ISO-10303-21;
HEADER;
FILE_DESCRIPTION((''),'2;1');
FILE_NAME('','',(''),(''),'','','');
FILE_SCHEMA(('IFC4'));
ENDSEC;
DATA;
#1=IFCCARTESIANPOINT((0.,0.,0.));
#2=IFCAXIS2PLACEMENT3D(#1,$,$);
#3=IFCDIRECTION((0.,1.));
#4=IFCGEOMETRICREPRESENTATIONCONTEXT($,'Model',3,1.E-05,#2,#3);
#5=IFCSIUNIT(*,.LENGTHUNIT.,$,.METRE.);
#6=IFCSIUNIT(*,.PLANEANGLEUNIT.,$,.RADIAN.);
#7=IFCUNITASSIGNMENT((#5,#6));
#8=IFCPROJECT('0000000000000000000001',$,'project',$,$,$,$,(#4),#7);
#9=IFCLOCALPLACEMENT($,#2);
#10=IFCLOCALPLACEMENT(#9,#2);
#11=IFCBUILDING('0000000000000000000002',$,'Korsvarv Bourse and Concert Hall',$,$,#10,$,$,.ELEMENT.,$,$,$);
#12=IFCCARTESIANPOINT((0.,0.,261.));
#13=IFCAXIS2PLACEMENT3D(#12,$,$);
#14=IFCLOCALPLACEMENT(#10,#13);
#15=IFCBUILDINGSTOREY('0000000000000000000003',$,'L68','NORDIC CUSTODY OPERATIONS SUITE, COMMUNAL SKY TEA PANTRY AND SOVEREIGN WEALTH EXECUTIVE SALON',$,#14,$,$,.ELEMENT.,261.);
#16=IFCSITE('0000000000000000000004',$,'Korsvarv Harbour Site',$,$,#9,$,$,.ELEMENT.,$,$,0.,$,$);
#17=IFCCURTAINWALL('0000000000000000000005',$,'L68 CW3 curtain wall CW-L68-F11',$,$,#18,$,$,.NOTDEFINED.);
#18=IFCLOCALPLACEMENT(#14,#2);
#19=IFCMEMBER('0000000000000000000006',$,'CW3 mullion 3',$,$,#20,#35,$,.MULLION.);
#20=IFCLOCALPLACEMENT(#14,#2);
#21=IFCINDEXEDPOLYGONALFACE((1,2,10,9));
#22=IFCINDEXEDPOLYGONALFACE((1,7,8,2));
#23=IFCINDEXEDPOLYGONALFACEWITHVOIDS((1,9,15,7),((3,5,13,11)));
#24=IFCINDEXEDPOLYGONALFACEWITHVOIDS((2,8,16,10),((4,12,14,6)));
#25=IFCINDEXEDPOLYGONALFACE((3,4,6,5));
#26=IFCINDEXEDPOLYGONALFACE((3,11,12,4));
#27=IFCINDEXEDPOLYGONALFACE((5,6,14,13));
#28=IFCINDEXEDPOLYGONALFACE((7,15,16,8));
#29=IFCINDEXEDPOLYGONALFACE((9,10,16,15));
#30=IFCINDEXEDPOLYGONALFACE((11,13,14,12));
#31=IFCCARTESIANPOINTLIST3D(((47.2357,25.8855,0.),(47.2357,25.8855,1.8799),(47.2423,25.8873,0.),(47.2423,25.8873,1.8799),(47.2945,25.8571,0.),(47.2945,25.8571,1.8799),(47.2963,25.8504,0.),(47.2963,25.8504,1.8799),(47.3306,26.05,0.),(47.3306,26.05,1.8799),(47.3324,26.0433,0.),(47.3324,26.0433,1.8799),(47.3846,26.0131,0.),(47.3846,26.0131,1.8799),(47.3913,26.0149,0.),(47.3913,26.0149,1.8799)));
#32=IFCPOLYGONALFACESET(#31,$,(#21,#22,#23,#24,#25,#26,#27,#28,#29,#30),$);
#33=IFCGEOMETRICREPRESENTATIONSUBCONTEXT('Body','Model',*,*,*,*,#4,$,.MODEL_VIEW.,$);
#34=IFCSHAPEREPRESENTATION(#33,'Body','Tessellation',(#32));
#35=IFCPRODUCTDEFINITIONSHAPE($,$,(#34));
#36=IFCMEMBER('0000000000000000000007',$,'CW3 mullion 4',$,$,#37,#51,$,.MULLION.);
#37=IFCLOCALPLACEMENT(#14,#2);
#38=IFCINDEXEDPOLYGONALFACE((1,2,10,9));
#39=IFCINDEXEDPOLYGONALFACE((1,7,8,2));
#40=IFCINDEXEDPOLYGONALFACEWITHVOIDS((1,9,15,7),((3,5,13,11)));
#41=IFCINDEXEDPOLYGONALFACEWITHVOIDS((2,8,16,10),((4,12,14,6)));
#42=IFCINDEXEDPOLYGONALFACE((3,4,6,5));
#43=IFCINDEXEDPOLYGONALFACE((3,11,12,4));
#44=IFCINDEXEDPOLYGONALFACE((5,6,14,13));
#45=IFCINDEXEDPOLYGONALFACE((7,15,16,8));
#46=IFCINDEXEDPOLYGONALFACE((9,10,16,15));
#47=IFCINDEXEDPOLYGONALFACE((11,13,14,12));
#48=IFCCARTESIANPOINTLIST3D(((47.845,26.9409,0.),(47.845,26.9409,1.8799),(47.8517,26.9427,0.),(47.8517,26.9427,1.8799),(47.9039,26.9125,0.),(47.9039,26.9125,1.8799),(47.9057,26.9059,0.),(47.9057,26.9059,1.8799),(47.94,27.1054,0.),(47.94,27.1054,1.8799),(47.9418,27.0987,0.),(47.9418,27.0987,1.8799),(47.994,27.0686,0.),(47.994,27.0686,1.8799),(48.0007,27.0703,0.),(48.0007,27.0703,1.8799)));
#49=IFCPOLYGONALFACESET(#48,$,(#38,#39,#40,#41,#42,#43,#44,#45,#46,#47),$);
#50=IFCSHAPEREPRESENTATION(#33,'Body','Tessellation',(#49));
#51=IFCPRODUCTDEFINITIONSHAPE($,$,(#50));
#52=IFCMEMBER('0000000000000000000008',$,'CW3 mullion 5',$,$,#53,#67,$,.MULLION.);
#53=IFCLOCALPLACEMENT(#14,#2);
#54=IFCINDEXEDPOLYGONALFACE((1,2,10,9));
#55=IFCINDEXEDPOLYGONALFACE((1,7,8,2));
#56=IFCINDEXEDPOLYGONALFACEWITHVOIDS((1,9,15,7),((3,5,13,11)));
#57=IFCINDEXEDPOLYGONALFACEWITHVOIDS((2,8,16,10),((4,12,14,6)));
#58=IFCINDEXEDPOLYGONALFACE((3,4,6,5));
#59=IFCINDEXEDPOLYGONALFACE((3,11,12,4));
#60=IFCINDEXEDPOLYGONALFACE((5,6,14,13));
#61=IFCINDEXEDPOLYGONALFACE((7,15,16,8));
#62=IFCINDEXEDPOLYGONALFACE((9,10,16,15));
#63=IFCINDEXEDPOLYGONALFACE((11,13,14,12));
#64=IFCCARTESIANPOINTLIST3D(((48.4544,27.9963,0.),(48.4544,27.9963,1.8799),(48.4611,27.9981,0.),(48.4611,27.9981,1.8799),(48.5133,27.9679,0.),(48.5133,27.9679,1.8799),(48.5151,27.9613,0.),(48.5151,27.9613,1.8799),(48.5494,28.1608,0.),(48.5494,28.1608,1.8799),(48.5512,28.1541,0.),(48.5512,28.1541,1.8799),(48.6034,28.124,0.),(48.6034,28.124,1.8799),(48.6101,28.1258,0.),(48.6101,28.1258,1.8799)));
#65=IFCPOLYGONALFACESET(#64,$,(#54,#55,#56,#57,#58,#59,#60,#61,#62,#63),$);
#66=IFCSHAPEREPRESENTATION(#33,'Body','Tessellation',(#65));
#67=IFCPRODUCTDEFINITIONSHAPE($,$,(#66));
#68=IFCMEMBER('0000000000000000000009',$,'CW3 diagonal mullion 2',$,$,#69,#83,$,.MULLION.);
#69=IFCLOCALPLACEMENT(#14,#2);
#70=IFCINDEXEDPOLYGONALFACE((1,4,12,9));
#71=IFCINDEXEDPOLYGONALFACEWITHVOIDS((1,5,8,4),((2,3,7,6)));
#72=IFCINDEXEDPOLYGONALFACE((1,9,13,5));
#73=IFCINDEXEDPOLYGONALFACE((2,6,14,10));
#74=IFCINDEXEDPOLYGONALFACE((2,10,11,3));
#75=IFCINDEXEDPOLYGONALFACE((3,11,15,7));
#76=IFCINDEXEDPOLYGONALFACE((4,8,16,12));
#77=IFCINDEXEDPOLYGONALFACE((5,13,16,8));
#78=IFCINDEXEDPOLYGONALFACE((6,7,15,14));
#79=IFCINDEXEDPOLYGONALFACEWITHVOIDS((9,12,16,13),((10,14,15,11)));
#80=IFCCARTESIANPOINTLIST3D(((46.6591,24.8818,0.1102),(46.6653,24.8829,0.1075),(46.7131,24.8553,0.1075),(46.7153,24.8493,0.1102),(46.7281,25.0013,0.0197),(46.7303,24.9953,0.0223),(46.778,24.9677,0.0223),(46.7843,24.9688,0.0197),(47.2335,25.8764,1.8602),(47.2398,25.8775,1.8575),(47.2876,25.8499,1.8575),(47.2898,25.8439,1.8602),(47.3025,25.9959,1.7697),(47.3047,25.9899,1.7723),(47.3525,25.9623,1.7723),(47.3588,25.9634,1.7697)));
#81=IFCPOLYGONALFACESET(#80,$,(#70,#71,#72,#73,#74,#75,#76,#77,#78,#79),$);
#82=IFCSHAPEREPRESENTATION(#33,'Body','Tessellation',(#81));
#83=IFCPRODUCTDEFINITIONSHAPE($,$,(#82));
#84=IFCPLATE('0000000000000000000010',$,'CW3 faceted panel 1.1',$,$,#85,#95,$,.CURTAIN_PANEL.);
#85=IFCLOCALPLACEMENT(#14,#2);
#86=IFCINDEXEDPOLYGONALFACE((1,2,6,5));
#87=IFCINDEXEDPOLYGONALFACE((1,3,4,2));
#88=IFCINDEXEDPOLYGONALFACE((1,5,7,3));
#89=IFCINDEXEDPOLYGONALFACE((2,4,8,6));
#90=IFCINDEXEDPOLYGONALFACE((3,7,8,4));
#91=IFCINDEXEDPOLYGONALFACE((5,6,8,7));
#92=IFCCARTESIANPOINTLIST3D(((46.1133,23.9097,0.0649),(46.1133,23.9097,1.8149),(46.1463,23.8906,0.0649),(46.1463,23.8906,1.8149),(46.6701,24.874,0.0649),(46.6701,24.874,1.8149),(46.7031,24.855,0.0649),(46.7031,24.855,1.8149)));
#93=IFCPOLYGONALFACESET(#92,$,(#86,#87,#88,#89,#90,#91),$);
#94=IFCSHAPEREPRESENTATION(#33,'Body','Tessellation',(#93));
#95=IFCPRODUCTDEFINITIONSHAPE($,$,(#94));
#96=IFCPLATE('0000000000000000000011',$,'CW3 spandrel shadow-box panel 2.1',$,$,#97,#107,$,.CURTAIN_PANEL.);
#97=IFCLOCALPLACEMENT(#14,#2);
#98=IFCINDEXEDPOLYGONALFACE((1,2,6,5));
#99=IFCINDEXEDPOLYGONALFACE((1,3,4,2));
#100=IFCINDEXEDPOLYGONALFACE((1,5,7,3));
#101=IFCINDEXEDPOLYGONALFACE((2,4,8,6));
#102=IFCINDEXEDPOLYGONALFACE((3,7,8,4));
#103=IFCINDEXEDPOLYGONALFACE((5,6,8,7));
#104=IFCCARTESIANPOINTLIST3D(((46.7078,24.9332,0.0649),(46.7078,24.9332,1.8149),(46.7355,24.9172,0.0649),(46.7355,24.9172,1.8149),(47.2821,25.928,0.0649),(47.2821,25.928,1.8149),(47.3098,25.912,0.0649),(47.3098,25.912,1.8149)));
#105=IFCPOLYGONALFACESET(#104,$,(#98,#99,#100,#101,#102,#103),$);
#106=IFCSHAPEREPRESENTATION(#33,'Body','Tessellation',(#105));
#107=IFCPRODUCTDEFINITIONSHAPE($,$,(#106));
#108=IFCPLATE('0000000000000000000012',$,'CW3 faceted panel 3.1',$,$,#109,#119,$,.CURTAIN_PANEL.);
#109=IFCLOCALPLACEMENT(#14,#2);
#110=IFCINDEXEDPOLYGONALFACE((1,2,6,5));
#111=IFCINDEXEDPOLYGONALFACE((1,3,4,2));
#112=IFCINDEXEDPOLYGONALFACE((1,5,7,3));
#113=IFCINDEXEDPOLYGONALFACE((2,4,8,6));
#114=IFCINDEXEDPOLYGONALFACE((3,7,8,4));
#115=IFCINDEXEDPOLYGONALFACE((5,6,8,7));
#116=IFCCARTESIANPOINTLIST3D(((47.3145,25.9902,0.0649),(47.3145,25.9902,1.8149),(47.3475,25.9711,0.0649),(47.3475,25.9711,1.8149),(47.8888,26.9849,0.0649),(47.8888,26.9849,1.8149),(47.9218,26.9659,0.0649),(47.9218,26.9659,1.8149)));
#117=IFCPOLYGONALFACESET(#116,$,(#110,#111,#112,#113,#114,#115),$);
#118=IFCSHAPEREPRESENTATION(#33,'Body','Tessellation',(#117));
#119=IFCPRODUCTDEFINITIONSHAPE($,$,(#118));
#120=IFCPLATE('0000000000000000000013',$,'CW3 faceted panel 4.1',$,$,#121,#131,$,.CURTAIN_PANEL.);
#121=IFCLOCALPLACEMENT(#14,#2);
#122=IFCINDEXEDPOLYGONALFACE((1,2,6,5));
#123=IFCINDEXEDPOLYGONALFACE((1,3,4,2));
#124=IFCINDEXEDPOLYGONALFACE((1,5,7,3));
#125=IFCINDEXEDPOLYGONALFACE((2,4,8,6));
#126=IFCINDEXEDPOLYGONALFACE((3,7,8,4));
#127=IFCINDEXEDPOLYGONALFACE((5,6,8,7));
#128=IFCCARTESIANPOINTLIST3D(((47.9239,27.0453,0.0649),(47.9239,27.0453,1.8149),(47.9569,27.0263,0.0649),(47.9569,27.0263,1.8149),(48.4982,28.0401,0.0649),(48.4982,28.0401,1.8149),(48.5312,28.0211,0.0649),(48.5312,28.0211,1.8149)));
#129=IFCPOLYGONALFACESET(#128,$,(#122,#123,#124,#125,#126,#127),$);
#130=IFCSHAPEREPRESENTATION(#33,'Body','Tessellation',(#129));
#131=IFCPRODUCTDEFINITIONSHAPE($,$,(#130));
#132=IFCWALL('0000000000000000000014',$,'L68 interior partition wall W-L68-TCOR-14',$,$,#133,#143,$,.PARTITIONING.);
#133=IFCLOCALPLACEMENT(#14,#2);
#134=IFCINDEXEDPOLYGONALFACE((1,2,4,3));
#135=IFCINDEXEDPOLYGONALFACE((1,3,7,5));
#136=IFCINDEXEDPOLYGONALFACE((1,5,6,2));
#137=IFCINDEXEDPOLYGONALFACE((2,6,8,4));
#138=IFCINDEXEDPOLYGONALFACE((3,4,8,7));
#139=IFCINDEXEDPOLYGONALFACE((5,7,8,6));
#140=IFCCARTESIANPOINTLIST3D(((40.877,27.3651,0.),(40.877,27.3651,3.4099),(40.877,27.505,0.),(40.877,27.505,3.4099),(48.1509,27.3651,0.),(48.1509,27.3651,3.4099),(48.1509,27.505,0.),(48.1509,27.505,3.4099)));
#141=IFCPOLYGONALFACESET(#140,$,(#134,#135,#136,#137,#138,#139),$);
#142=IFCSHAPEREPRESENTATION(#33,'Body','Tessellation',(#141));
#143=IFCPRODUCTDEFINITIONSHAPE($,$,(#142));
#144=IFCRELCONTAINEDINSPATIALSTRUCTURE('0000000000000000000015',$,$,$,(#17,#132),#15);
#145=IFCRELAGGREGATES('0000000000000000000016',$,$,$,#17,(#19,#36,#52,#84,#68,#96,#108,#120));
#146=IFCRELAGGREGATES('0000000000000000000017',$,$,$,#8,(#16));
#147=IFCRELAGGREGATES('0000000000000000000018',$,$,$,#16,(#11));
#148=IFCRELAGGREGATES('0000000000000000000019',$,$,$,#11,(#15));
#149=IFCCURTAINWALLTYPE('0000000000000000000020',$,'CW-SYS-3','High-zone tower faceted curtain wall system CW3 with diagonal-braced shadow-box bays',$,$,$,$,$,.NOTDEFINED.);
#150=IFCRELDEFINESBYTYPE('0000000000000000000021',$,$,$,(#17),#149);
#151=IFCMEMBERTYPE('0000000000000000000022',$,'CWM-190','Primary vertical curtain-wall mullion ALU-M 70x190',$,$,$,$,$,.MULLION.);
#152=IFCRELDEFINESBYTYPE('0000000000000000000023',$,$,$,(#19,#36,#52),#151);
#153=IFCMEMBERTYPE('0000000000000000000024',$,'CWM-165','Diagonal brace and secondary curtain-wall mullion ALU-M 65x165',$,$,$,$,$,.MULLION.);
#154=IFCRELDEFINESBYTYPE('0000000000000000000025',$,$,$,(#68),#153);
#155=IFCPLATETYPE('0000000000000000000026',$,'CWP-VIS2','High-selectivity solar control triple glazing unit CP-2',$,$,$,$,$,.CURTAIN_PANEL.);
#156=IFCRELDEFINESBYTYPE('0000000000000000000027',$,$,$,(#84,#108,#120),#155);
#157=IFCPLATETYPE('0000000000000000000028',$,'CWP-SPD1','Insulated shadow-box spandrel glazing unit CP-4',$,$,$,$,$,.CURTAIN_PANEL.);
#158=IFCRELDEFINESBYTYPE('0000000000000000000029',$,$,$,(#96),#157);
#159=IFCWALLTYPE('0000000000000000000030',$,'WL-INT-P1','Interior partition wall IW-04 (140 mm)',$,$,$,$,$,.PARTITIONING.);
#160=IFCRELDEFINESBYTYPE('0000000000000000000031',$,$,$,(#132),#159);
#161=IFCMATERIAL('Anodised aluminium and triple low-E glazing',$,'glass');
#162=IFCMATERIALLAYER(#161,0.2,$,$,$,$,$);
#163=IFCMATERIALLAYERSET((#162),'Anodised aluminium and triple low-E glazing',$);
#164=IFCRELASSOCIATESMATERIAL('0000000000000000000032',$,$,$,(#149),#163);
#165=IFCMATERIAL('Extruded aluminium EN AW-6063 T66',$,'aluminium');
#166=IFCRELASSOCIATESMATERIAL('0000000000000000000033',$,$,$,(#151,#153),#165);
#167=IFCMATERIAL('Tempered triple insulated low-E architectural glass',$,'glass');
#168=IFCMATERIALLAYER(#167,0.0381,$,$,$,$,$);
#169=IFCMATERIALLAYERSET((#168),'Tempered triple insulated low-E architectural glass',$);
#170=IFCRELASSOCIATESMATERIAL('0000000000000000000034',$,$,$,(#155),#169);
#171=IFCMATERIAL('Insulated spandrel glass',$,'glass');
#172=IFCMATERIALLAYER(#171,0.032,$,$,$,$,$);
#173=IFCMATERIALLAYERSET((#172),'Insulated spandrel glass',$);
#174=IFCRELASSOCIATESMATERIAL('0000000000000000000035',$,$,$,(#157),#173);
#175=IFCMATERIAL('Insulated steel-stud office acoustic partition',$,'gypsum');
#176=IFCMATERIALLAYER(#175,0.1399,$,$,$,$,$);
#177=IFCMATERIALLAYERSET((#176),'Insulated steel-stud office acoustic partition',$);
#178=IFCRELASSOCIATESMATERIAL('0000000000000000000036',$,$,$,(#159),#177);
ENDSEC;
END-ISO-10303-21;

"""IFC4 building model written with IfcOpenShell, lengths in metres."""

from ifc_helpers import new_model, si_unit, direction, frame, frame_2d, origin, origin_2d, place, context, subcontext, project, spatial, rectangle, hollow_rectangle, extrude, source, transform, mapped, material, layer, layer_set, material_profile, profile_set, type_object, element, aggregate, save


model = new_model("IFC4")

# Units and contexts
model_context = context("Model", 3, precision=1e-05, world=origin(), true_north=direction((0.0, 1.0)))
body_context = subcontext(model_context, "Body", "Model", "MODEL_VIEW")
ifc_project = project(units=[si_unit("LENGTHUNIT", "METRE"), si_unit("PLANEANGLEUNIT", "RADIAN")], contexts=[model_context])

# Site, building, storey
site_placement = place(None, origin())
site = spatial("IfcSite", under=ifc_project, at=site_placement, Name="Korsvarv Harbour Site", CompositionType="ELEMENT", RefElevation=0.0)
building_placement = place(site_placement, origin())
building = spatial("IfcBuilding", under=site, at=building_placement, Name="Korsvarv Bourse and Concert Hall", CompositionType="ELEMENT")
storey_placement = place(building_placement, frame((0.0, 0.0, 261.0)))
storey = spatial("IfcBuildingStorey", under=building, at=storey_placement, Name="L68", Description="NORDIC CUSTODY OPERATIONS SUITE, COMMUNAL SKY TEA PANTRY AND SOVEREIGN WEALTH EXECUTIVE SALON", CompositionType="ELEMENT", Elevation=261.0)

# Curtain wall, members, plates
ifc_material_1 = material(Name="Anodised aluminium and triple low-E glazing", Category="glass")
ifc_layer_1 = layer(ifc_material_1, 0.2)
ifc_layer_set_1 = layer_set([ifc_layer_1], Name="Anodised aluminium and triple low-E glazing")
curtain_wall_type = type_object("IfcCurtainWallType", Name="CW-SYS-3", Description="High-zone tower faceted curtain wall system CW3 with diagonal-braced shadow-box bays", PredefinedType="NOTDEFINED", material=ifc_layer_set_1)
curtain_wall_placement = place(storey_placement, origin())
curtain_wall = element("IfcCurtainWall", 1, at=curtain_wall_placement, inside=storey, type_object=curtain_wall_type, Name="L68 CW3 curtain wall CW-L68-F11", PredefinedType="NOTDEFINED")
ifc_material_2 = material(Name="Extruded aluminium EN AW-6063 T66", Category="aluminium")
ifc_material_profile_1 = material_profile(ifc_material_2, hollow_rectangle(XDim=0.0701, YDim=0.1899, WallThickness=0.0049, at=origin_2d()), Name="ALU-M 70x190")
ifc_profile_set_1 = profile_set([ifc_material_profile_1], Name="Extruded aluminium EN AW-6063 T66")
member_type_1 = type_object("IfcMemberType", Name="CWM-190", Description="Primary vertical curtain-wall mullion ALU-M 70x190", PredefinedType="MULLION", material=ifc_profile_set_1)
shared_shape_1 = source(origin(), body_context, "Body", "SweptSolid", [
    extrude(hollow_rectangle(XDim=0.0701, YDim=0.1899, WallThickness=0.0049, at=origin_2d()), origin(), (0.0, 0.0, 1.0), 1.8799),
])
member_1_placement = place(storey_placement, frame((47.3135, 25.9502, 0.0), z_axis=(0.0, 0.0, 1.0), x_axis=(-0.866023, 0.500004, 0.0)))
member_1 = element("IfcMember", 2, at=member_1_placement, type_object=member_type_1, Name="CW3 mullion 3", PredefinedType="MULLION", context=body_context, shape_type="MappedRepresentation", body=[
    mapped(shared_shape_1, transform((0.0, 0.0, 0.0), scale=1.0)),
])
member_2_placement = place(storey_placement, frame((47.9229, 27.0056, 0.0), z_axis=(0.0, 0.0, 1.0), x_axis=(-0.866023, 0.500004, 0.0)))
member_2 = element("IfcMember", 3, at=member_2_placement, type_object=member_type_1, Name="CW3 mullion 4", PredefinedType="MULLION", context=body_context, shape_type="MappedRepresentation", body=[
    mapped(shared_shape_1, transform((0.0, 0.0, 0.0), scale=1.0)),
])
member_3_placement = place(storey_placement, frame((48.5322, 28.061, 0.0), z_axis=(0.0, 0.0, 1.0), x_axis=(-0.866023, 0.500004, 0.0)))
member_3 = element("IfcMember", 4, at=member_3_placement, type_object=member_type_1, Name="CW3 mullion 5", PredefinedType="MULLION", context=body_context, shape_type="MappedRepresentation", body=[
    mapped(shared_shape_1, transform((0.0, 0.0, 0.0), scale=1.0)),
])
ifc_material_profile_2 = material_profile(ifc_material_2, hollow_rectangle(XDim=0.0649, YDim=0.165, WallThickness=0.0049, at=origin_2d()), Name="ALU-M 65x165")
ifc_profile_set_2 = profile_set([ifc_material_profile_2], Name="Extruded aluminium EN AW-6063 T66")
member_type_2 = type_object("IfcMemberType", Name="CWM-165", Description="Diagonal brace and secondary curtain-wall mullion ALU-M 65x165", PredefinedType="MULLION", material=ifc_profile_set_2)
shared_shape_2 = source(origin(), body_context, "Body", "SweptSolid", [
    extrude(hollow_rectangle(XDim=0.0649, YDim=0.165, WallThickness=0.0049, at=origin_2d()), origin(), (0.0, 0.0, 1.0), 2.0933),
])
member_4_placement = place(storey_placement, frame((46.7217, 24.9253, 0.0649), z_axis=(0.274433, 0.475155, 0.836011), x_axis=(-0.865945, 0.500139, 0.0)))
member_4 = element("IfcMember", 5, at=member_4_placement, type_object=member_type_2, Name="CW3 diagonal mullion 2", PredefinedType="MULLION", context=body_context, shape_type="MappedRepresentation", body=[
    mapped(shared_shape_2, transform((0.0, 0.0, 0.0), scale=1.0)),
])
ifc_material_3 = material(Name="Tempered triple insulated low-E architectural glass", Category="glass")
ifc_layer_2 = layer(ifc_material_3, 0.0381)
ifc_layer_set_2 = layer_set([ifc_layer_2], Name="Tempered triple insulated low-E architectural glass")
plate_type_1 = type_object("IfcPlateType", Name="CWP-VIS2", Description="High-selectivity solar control triple glazing unit CP-2", PredefinedType="CURTAIN_PANEL", material=ifc_layer_set_2)
shared_shape_3 = source(origin(), body_context, "Body", "SweptSolid", [
    extrude(rectangle(XDim=1.1135, YDim=0.0381, at=origin_2d()), origin(), (0.0, 0.0, 1.0), 1.75),
])
plate_1_placement = place(storey_placement, frame((46.4082, 24.3823, 0.0649), z_axis=(0.0, 0.0, 1.0), x_axis=(0.500004, 0.866023, 0.0)))
plate_1 = element("IfcPlate", 6, at=plate_1_placement, type_object=plate_type_1, Name="CW3 faceted panel 1.1", PredefinedType="CURTAIN_PANEL", context=body_context, shape_type="MappedRepresentation", body=[
    mapped(shared_shape_3, transform((0.0, 0.0, 0.0), scale=1.0)),
])
ifc_material_4 = material(Name="Insulated spandrel glass", Category="glass")
ifc_layer_3 = layer(ifc_material_4, 0.032)
ifc_layer_set_3 = layer_set([ifc_layer_3], Name="Insulated spandrel glass")
plate_type_2 = type_object("IfcPlateType", Name="CWP-SPD1", Description="Insulated shadow-box spandrel glazing unit CP-4", PredefinedType="CURTAIN_PANEL", material=ifc_layer_set_3)
shared_shape_4 = source(origin(), body_context, "Body", "SweptSolid", [
    extrude(rectangle(XDim=1.1487, YDim=0.032, at=origin_2d()), origin(), (0.0, 0.0, 1.0), 1.75),
])
plate_2_placement = place(storey_placement, frame((47.0088, 25.4226, 0.0649), z_axis=(0.0, 0.0, 1.0), x_axis=(0.500004, 0.866023, 0.0)))
plate_2 = element("IfcPlate", 7, at=plate_2_placement, type_object=plate_type_2, Name="CW3 spandrel shadow-box panel 2.1", PredefinedType="CURTAIN_PANEL", context=body_context, shape_type="MappedRepresentation", body=[
    mapped(shared_shape_4, transform((0.0, 0.0, 0.0), scale=1.0)),
])
shared_shape_5 = source(origin(), body_context, "Body", "SweptSolid", [
    extrude(rectangle(XDim=1.1487, YDim=0.0381, at=origin_2d()), origin(), (0.0, 0.0, 1.0), 1.75),
])
plate_3_placement = place(storey_placement, frame((47.6182, 26.478, 0.0649), z_axis=(0.0, 0.0, 1.0), x_axis=(0.500004, 0.866023, 0.0)))
plate_3 = element("IfcPlate", 8, at=plate_3_placement, type_object=plate_type_1, Name="CW3 faceted panel 3.1", PredefinedType="CURTAIN_PANEL", context=body_context, shape_type="MappedRepresentation", body=[
    mapped(shared_shape_5, transform((0.0, 0.0, 0.0), scale=1.0)),
])
plate_4_placement = place(storey_placement, frame((48.2275, 27.5332, 0.0649), z_axis=(0.0, 0.0, 1.0), x_axis=(0.500004, 0.866023, 0.0)))
plate_4 = element("IfcPlate", 9, at=plate_4_placement, type_object=plate_type_1, Name="CW3 faceted panel 4.1", PredefinedType="CURTAIN_PANEL", context=body_context, shape_type="MappedRepresentation", body=[
    mapped(shared_shape_5, transform((0.0, 0.0, 0.0), scale=1.0)),
])
aggregate(curtain_wall, [member_1, member_2, member_3, plate_1, member_4, plate_2, plate_3, plate_4])

# Wall
ifc_material_5 = material(Name="Insulated steel-stud office acoustic partition", Category="gypsum")
ifc_layer_4 = layer(ifc_material_5, 0.1399)
ifc_layer_set_4 = layer_set([ifc_layer_4], Name="Insulated steel-stud office acoustic partition")
wall_type = type_object("IfcWallType", Name="WL-INT-P1", Description="Interior partition wall IW-04 (140 mm)", PredefinedType="PARTITIONING", material=ifc_layer_set_4)
wall_placement = place(storey_placement, frame((40.877, 27.4351, 0.0), z_axis=(0.0, 0.0, 1.0), x_axis=(1.0, 0.0, 0.0)))
element("IfcWall", 10, at=wall_placement, inside=storey, type_object=wall_type, Name="L68 interior partition wall W-L68-TCOR-14", PredefinedType="PARTITIONING", context=body_context, shape_type="SweptSolid", body=[
    extrude(rectangle(XDim=7.2739, YDim=0.1399, at=frame_2d((3.637, 0.0))), origin(), (0.0, 0.0, 1.0), 3.4099),
])

save(model, "model.ifc")
